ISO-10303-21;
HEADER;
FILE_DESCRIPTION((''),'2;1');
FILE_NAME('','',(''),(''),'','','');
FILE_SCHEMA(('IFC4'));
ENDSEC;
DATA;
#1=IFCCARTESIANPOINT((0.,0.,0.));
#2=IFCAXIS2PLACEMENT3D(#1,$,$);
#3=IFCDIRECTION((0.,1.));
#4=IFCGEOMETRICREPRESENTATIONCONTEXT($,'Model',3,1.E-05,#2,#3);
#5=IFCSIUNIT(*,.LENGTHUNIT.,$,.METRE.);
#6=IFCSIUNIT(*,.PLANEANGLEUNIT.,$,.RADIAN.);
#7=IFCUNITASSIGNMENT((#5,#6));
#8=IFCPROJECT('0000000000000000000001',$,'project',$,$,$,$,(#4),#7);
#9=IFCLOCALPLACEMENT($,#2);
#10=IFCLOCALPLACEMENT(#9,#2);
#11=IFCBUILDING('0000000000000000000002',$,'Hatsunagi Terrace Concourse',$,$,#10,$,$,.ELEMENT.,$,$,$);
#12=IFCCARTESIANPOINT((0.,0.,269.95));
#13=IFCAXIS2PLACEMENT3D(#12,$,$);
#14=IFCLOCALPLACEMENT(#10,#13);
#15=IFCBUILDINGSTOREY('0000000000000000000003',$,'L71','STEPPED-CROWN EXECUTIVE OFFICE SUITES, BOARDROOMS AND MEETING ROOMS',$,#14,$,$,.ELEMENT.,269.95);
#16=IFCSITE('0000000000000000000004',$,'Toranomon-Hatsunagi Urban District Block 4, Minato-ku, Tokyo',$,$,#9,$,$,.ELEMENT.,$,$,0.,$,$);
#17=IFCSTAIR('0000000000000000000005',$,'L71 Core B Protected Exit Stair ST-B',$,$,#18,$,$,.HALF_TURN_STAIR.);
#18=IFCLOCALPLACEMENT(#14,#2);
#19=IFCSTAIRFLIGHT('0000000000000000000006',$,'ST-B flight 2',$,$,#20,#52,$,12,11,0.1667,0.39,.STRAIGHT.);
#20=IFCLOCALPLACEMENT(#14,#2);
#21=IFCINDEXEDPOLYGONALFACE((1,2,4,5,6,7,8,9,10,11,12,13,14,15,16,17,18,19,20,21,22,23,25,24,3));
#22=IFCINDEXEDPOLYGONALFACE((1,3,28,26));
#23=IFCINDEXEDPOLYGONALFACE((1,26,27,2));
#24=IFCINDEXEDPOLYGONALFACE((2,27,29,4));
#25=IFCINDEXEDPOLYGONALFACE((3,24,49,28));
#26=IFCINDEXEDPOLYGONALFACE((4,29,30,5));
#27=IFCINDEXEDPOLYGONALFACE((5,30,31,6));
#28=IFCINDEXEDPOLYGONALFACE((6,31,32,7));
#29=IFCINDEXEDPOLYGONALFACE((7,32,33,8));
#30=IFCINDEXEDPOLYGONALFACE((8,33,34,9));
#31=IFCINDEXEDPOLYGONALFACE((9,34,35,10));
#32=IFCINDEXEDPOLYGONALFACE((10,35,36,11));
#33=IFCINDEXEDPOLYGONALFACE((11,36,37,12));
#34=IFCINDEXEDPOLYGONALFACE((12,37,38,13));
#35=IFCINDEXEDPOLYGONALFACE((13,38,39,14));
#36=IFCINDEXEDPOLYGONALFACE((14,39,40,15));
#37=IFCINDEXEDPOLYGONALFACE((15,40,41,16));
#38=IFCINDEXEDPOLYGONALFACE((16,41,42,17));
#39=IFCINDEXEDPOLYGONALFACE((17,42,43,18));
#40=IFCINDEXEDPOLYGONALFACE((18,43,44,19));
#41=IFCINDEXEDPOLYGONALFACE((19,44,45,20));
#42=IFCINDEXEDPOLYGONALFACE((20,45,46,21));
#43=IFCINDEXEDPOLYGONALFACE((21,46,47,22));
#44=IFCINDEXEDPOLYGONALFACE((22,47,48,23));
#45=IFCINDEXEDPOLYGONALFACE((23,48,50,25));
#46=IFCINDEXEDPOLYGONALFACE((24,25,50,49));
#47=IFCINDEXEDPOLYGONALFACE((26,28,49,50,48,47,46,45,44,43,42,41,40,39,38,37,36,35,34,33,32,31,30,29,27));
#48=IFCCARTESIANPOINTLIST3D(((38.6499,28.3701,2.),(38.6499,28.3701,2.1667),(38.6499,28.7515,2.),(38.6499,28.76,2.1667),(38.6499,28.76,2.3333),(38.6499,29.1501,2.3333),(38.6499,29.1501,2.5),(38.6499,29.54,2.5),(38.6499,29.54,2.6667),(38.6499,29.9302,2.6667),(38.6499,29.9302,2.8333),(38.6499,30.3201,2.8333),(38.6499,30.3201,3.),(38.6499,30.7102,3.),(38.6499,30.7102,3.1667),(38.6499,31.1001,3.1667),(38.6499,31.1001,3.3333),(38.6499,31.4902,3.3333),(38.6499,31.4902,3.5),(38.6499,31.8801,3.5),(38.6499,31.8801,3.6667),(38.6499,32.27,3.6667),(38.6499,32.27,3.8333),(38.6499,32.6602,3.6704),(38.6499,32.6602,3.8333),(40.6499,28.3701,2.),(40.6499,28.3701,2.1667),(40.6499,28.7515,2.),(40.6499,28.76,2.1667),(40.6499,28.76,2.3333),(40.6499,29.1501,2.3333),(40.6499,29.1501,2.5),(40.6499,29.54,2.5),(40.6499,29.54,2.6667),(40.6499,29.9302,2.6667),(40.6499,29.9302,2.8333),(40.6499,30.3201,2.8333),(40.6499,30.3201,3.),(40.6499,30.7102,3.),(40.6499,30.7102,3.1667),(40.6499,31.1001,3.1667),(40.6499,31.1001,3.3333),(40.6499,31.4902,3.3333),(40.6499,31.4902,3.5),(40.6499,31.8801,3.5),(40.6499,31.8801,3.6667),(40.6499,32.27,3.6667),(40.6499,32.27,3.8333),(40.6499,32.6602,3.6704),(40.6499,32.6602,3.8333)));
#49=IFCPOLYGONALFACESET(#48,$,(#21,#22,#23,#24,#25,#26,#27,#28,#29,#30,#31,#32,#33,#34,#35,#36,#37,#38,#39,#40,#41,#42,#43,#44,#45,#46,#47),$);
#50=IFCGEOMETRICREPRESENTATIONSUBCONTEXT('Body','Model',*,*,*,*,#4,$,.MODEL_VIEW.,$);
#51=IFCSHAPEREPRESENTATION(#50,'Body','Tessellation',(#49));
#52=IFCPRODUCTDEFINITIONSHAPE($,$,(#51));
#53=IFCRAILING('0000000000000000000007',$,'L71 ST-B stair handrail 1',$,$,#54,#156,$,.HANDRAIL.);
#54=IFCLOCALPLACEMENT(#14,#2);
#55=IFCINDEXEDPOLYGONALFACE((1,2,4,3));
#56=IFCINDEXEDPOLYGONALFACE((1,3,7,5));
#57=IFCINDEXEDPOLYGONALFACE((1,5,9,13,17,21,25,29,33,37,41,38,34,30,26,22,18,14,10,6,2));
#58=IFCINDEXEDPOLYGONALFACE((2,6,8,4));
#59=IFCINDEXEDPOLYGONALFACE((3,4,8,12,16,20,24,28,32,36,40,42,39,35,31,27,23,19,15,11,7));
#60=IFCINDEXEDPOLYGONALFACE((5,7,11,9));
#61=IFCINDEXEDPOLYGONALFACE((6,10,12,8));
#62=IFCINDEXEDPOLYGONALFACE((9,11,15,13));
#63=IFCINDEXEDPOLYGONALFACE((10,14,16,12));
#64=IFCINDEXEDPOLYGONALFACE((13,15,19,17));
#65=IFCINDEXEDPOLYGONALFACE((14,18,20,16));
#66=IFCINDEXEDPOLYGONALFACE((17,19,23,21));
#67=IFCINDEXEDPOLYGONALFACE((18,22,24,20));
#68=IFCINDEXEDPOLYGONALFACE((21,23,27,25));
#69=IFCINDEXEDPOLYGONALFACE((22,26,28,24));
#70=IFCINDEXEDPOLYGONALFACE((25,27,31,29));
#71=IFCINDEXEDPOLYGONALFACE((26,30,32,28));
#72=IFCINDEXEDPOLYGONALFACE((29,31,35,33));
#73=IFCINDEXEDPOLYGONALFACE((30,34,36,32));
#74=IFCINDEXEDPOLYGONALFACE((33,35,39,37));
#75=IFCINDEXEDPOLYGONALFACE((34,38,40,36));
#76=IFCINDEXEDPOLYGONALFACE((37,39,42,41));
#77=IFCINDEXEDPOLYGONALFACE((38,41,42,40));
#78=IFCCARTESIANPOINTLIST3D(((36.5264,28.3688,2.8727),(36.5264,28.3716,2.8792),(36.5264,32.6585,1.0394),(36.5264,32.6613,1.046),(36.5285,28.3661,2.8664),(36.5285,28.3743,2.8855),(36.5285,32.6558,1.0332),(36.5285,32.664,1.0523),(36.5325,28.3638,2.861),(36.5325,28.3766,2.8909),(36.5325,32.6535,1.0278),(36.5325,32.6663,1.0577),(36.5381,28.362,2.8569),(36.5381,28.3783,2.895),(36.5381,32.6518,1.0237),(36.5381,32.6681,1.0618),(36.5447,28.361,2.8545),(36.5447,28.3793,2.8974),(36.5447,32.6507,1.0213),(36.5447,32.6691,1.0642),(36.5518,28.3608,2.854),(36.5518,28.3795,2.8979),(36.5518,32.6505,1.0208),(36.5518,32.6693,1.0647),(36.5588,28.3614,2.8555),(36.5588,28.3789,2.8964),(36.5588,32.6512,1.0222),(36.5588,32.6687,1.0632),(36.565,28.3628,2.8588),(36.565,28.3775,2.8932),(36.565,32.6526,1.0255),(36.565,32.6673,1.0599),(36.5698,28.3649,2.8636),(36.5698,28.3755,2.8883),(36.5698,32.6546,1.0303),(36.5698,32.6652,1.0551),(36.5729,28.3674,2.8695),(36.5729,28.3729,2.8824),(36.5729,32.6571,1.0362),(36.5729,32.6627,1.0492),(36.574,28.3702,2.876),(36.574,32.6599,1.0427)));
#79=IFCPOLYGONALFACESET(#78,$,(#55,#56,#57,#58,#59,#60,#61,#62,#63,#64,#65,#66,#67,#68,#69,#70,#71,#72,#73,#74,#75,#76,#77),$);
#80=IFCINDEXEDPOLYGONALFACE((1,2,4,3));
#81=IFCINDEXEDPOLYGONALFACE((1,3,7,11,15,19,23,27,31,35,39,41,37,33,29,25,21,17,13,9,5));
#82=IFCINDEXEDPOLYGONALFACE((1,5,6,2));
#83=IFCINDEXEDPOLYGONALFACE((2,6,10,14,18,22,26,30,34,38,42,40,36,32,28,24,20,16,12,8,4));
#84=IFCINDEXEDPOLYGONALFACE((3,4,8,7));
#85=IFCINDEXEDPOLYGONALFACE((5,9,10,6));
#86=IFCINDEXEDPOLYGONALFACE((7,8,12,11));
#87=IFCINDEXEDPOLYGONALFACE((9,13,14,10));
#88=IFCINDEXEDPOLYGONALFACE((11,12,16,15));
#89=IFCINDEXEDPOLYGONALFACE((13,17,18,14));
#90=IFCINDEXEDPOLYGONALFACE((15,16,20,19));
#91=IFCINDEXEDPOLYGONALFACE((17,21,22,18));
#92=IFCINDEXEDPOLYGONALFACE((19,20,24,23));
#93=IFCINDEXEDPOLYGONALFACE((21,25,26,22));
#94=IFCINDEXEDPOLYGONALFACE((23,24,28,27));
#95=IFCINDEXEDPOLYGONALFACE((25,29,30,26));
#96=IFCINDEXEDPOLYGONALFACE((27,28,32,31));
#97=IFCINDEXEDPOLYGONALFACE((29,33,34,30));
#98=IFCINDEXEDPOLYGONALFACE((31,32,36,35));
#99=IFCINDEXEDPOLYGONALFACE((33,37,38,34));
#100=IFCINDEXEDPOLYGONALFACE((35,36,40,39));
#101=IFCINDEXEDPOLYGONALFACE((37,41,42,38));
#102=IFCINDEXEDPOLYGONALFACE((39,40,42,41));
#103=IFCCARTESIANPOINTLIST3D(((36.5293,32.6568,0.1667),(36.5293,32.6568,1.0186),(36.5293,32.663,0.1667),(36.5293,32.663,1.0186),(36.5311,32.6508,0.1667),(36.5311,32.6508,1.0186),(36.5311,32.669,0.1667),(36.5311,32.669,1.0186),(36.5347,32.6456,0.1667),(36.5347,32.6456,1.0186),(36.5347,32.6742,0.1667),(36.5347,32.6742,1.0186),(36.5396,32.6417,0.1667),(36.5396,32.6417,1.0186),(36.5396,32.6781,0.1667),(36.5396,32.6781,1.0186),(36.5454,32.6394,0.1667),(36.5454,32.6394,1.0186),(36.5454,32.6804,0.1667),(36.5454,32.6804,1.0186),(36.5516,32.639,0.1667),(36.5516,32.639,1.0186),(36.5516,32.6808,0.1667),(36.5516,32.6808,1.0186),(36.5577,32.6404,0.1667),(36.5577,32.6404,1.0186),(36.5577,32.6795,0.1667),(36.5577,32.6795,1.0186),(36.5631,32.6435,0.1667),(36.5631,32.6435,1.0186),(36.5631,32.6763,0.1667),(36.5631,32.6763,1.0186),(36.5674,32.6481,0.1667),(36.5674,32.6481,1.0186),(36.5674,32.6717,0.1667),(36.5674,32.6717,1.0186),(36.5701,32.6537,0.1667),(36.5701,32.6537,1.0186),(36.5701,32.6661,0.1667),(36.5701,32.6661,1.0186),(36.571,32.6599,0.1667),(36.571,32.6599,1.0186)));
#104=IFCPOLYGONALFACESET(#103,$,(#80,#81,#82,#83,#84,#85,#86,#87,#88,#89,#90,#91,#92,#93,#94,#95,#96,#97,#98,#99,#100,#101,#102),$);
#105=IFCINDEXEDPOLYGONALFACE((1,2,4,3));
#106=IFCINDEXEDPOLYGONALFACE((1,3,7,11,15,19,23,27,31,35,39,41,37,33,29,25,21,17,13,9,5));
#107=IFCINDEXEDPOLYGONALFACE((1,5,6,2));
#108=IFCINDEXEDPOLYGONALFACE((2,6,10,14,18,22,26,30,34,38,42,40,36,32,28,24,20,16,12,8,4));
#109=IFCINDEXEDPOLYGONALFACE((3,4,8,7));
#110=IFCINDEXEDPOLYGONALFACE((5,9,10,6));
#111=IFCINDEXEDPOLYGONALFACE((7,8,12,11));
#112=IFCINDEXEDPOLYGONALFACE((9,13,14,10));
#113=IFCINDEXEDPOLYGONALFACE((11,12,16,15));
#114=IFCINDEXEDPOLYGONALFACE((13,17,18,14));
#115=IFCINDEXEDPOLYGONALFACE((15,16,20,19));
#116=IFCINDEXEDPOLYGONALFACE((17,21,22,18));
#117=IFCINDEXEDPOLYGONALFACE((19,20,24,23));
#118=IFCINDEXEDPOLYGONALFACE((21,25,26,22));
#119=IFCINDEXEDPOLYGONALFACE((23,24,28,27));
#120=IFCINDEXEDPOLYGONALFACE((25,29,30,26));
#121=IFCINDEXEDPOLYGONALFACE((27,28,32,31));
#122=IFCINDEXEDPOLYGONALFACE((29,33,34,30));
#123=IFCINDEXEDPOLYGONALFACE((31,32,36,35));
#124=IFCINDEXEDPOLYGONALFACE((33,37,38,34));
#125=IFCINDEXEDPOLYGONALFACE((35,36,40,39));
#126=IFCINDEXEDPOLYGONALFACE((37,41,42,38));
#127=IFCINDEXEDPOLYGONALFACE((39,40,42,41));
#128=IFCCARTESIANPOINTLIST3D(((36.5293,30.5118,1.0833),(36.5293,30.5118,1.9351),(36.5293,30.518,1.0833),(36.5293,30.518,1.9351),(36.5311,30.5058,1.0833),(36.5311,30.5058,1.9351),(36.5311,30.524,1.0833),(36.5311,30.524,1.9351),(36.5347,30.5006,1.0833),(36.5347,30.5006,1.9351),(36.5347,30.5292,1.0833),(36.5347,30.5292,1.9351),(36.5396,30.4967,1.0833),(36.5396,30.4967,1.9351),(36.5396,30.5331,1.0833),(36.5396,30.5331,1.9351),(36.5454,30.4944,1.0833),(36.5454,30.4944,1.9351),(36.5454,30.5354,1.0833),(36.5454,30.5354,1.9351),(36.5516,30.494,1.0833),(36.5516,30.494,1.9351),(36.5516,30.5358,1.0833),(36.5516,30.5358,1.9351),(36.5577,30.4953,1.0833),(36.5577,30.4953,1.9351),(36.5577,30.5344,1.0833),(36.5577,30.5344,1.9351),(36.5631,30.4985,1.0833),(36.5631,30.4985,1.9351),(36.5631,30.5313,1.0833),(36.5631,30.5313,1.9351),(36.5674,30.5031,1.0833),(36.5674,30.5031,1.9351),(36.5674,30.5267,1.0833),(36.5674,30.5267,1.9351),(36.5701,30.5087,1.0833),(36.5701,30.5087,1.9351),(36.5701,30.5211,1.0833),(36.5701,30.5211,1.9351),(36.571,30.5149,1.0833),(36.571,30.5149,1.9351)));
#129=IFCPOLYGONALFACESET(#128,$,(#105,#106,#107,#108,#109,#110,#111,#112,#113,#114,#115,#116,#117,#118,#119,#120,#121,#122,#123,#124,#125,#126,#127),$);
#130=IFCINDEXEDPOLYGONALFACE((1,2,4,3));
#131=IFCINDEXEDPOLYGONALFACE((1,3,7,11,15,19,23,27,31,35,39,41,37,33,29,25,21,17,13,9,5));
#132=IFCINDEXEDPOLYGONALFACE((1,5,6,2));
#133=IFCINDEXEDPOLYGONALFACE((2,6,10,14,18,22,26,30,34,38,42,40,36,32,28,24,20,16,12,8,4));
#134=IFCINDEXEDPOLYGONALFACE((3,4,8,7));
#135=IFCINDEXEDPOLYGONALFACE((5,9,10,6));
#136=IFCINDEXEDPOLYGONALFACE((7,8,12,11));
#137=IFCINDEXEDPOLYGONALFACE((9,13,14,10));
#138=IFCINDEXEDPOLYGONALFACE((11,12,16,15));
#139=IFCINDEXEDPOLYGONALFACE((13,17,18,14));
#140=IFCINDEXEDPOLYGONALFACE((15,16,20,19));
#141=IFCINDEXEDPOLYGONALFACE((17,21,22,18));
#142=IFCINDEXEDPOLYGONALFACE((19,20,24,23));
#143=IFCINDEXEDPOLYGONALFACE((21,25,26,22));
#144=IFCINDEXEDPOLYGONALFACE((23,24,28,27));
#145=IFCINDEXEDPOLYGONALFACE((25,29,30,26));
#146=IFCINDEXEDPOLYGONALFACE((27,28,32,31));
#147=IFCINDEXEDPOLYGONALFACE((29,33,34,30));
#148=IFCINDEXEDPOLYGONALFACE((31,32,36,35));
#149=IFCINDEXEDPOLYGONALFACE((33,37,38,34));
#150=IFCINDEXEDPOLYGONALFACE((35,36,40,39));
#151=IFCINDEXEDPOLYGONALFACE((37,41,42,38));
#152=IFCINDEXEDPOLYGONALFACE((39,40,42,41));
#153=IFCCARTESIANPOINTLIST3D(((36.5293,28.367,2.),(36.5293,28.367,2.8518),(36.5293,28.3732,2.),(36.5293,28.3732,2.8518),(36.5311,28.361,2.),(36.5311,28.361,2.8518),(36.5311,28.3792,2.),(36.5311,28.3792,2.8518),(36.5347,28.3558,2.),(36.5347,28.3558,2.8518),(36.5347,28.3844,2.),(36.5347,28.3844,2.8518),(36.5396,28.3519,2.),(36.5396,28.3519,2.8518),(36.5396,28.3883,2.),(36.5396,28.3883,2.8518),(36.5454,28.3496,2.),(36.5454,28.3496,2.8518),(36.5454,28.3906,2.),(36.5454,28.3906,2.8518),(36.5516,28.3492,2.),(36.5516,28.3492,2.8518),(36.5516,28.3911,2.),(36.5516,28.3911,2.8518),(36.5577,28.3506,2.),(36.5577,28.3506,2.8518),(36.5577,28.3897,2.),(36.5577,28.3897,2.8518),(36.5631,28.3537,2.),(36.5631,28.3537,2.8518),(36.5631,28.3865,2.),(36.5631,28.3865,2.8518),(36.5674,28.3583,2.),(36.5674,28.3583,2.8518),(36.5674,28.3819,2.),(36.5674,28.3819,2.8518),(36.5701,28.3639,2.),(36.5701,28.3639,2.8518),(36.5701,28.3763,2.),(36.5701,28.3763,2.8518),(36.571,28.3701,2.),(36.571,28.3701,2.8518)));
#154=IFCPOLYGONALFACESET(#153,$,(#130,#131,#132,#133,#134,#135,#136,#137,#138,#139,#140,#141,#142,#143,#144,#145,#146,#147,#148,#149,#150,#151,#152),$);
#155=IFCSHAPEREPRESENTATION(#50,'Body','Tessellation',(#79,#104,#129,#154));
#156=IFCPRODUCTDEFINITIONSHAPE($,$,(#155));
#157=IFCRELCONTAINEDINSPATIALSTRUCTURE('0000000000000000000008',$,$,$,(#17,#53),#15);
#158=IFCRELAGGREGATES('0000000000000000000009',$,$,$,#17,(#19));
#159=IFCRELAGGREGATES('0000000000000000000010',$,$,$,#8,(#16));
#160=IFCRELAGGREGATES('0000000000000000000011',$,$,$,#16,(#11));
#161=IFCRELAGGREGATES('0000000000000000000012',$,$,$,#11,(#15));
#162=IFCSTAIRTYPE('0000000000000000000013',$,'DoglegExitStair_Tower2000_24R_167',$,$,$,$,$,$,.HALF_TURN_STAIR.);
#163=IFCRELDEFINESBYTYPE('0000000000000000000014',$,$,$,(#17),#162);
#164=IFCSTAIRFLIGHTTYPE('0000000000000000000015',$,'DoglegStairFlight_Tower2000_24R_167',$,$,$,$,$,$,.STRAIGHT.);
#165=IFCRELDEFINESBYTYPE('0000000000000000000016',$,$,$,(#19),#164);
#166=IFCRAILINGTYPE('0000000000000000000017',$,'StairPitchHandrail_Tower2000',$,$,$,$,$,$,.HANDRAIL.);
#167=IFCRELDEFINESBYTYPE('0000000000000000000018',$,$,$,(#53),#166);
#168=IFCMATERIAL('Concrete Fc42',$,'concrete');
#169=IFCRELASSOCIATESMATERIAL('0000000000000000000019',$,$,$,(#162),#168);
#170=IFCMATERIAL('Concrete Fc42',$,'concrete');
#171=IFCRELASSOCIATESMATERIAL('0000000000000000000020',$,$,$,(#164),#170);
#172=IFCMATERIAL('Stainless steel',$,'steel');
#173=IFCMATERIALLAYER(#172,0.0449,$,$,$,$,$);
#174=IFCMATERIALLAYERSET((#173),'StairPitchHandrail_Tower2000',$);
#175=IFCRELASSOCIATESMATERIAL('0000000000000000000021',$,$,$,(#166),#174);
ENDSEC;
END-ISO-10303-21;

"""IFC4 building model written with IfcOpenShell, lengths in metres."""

from ifc_helpers import new_model, si_unit, direction, frame, origin, origin_2d, place, context, subcontext, project, spatial, polyline, circle, outline, extrude, material, layer, layer_set, type_object, element, aggregate, save


model = new_model("IFC4")

# Units and contexts
model_context = context("Model", 3, precision=1e-05, world=origin(), true_north=direction((0.0, 1.0)))
body_context = subcontext(model_context, "Body", "Model", "MODEL_VIEW")
ifc_project = project(units=[si_unit("LENGTHUNIT", "METRE"), si_unit("PLANEANGLEUNIT", "RADIAN")], contexts=[model_context])

# Site, building, storey
site_placement = place(None, origin())
site = spatial("IfcSite", under=ifc_project, at=site_placement, Name="Toranomon-Hatsunagi Urban District Block 4, Minato-ku, Tokyo", CompositionType="ELEMENT", RefElevation=0.0)
building_placement = place(site_placement, origin())
building = spatial("IfcBuilding", under=site, at=building_placement, Name="Hatsunagi Terrace Concourse", CompositionType="ELEMENT")
storey_placement = place(building_placement, frame((0.0, 0.0, 269.95)))
storey = spatial("IfcBuildingStorey", under=building, at=storey_placement, Name="L71", Description="STEPPED-CROWN EXECUTIVE OFFICE SUITES, BOARDROOMS AND MEETING ROOMS", CompositionType="ELEMENT", Elevation=269.95)

# Stair, stair flight
ifc_material_1 = material(Name="Concrete Fc42", Category="concrete")
stair_type = type_object("IfcStairType", Name="DoglegExitStair_Tower2000_24R_167", PredefinedType="HALF_TURN_STAIR", material=ifc_material_1)
stair_placement = place(storey_placement, origin())
stair = element("IfcStair", 1, at=stair_placement, inside=storey, type_object=stair_type, Name="L71 Core B Protected Exit Stair ST-B", PredefinedType="HALF_TURN_STAIR")
ifc_material_2 = material(Name="Concrete Fc42", Category="concrete")
stair_flight_type = type_object("IfcStairFlightType", Name="DoglegStairFlight_Tower2000_24R_167", PredefinedType="STRAIGHT", material=ifc_material_2)
stair_flight_1_placement = place(storey_placement, frame((39.6499, 28.3701, 2.0), z_axis=(0.0, 0.0, 1.0), x_axis=(0.0, 1.0, 0.0)))
stair_flight_1 = element("IfcStairFlight", 2, at=stair_flight_1_placement, type_object=stair_flight_type, Name="ST-B flight 2", NumberOfRisers=12, NumberOfTreads=11, PredefinedType="STRAIGHT", RiserHeight=0.1667, TreadLength=0.39, context=body_context, shape_type="SweptSolid", body=[
    extrude(outline(polyline([(0.0, 0.0), (0.0, 0.1667), (0.3899, 0.1667), (0.3899, 0.3333), (0.78, 0.3333), (0.78, 0.5), (1.1699, 0.5), (1.1699, 0.6667), (1.5601, 0.6667), (1.5601, 0.8333), (1.95, 0.8333), (1.95, 1.0), (2.3401, 1.0), (2.3401, 1.1667), (2.73, 1.1667), (2.73, 1.3333), (3.1201, 1.3333), (3.1201, 1.5), (3.51, 1.5), (3.51, 1.6667), (3.8999, 1.6667), (3.8999, 1.8333), (4.29, 1.8333), (4.29, 2.0), (4.29, 1.6704), (0.3813, 0.0), (0.0, 0.0)])), frame((0.0, 1.0, 0.0), z_axis=(0.0, -1.0, 0.0), x_axis=(1.0, 0.0, 0.0)), (0.0, 0.0, 1.0), 2.0),
])
aggregate(stair, [stair_flight_1])

# Railing
ifc_material_3 = material(Name="Stainless steel", Category="steel")
ifc_layer_1 = layer(ifc_material_3, 0.0449)
ifc_layer_set_1 = layer_set([ifc_layer_1], Name="StairPitchHandrail_Tower2000")
railing_type_1 = type_object("IfcRailingType", Name="StairPitchHandrail_Tower2000", PredefinedType="HANDRAIL", material=ifc_layer_set_1)
railing_1_placement = place(storey_placement, frame((36.55, 32.6599, 0.1667)))
element("IfcRailing", 3, at=railing_1_placement, inside=storey, type_object=railing_type_1, Name="L71 ST-B stair handrail 1", PredefinedType="HANDRAIL", context=body_context, shape_type="SweptSolid", body=[
    extrude(circle(Radius=0.0239, at=origin_2d()), frame((0.0, 0.0, 0.876), z_axis=(0.0, -0.919551, 0.392972), x_axis=(1.0, 0.0, 0.0)), (0.0, 0.0, 1.0), 4.665),
    extrude(circle(Radius=0.021, at=origin_2d()), origin(), (0.0, 0.0, 1.0), 0.8518),
    extrude(circle(Radius=0.021, at=origin_2d()), frame((0.0, -2.145, 0.9165)), (0.0, 0.0, 1.0), 0.8518),
    extrude(circle(Radius=0.021, at=origin_2d()), frame((0.0, -4.2898, 1.8333)), (0.0, 0.0, 1.0), 0.8518),
])

save(model, "model.ifc")
